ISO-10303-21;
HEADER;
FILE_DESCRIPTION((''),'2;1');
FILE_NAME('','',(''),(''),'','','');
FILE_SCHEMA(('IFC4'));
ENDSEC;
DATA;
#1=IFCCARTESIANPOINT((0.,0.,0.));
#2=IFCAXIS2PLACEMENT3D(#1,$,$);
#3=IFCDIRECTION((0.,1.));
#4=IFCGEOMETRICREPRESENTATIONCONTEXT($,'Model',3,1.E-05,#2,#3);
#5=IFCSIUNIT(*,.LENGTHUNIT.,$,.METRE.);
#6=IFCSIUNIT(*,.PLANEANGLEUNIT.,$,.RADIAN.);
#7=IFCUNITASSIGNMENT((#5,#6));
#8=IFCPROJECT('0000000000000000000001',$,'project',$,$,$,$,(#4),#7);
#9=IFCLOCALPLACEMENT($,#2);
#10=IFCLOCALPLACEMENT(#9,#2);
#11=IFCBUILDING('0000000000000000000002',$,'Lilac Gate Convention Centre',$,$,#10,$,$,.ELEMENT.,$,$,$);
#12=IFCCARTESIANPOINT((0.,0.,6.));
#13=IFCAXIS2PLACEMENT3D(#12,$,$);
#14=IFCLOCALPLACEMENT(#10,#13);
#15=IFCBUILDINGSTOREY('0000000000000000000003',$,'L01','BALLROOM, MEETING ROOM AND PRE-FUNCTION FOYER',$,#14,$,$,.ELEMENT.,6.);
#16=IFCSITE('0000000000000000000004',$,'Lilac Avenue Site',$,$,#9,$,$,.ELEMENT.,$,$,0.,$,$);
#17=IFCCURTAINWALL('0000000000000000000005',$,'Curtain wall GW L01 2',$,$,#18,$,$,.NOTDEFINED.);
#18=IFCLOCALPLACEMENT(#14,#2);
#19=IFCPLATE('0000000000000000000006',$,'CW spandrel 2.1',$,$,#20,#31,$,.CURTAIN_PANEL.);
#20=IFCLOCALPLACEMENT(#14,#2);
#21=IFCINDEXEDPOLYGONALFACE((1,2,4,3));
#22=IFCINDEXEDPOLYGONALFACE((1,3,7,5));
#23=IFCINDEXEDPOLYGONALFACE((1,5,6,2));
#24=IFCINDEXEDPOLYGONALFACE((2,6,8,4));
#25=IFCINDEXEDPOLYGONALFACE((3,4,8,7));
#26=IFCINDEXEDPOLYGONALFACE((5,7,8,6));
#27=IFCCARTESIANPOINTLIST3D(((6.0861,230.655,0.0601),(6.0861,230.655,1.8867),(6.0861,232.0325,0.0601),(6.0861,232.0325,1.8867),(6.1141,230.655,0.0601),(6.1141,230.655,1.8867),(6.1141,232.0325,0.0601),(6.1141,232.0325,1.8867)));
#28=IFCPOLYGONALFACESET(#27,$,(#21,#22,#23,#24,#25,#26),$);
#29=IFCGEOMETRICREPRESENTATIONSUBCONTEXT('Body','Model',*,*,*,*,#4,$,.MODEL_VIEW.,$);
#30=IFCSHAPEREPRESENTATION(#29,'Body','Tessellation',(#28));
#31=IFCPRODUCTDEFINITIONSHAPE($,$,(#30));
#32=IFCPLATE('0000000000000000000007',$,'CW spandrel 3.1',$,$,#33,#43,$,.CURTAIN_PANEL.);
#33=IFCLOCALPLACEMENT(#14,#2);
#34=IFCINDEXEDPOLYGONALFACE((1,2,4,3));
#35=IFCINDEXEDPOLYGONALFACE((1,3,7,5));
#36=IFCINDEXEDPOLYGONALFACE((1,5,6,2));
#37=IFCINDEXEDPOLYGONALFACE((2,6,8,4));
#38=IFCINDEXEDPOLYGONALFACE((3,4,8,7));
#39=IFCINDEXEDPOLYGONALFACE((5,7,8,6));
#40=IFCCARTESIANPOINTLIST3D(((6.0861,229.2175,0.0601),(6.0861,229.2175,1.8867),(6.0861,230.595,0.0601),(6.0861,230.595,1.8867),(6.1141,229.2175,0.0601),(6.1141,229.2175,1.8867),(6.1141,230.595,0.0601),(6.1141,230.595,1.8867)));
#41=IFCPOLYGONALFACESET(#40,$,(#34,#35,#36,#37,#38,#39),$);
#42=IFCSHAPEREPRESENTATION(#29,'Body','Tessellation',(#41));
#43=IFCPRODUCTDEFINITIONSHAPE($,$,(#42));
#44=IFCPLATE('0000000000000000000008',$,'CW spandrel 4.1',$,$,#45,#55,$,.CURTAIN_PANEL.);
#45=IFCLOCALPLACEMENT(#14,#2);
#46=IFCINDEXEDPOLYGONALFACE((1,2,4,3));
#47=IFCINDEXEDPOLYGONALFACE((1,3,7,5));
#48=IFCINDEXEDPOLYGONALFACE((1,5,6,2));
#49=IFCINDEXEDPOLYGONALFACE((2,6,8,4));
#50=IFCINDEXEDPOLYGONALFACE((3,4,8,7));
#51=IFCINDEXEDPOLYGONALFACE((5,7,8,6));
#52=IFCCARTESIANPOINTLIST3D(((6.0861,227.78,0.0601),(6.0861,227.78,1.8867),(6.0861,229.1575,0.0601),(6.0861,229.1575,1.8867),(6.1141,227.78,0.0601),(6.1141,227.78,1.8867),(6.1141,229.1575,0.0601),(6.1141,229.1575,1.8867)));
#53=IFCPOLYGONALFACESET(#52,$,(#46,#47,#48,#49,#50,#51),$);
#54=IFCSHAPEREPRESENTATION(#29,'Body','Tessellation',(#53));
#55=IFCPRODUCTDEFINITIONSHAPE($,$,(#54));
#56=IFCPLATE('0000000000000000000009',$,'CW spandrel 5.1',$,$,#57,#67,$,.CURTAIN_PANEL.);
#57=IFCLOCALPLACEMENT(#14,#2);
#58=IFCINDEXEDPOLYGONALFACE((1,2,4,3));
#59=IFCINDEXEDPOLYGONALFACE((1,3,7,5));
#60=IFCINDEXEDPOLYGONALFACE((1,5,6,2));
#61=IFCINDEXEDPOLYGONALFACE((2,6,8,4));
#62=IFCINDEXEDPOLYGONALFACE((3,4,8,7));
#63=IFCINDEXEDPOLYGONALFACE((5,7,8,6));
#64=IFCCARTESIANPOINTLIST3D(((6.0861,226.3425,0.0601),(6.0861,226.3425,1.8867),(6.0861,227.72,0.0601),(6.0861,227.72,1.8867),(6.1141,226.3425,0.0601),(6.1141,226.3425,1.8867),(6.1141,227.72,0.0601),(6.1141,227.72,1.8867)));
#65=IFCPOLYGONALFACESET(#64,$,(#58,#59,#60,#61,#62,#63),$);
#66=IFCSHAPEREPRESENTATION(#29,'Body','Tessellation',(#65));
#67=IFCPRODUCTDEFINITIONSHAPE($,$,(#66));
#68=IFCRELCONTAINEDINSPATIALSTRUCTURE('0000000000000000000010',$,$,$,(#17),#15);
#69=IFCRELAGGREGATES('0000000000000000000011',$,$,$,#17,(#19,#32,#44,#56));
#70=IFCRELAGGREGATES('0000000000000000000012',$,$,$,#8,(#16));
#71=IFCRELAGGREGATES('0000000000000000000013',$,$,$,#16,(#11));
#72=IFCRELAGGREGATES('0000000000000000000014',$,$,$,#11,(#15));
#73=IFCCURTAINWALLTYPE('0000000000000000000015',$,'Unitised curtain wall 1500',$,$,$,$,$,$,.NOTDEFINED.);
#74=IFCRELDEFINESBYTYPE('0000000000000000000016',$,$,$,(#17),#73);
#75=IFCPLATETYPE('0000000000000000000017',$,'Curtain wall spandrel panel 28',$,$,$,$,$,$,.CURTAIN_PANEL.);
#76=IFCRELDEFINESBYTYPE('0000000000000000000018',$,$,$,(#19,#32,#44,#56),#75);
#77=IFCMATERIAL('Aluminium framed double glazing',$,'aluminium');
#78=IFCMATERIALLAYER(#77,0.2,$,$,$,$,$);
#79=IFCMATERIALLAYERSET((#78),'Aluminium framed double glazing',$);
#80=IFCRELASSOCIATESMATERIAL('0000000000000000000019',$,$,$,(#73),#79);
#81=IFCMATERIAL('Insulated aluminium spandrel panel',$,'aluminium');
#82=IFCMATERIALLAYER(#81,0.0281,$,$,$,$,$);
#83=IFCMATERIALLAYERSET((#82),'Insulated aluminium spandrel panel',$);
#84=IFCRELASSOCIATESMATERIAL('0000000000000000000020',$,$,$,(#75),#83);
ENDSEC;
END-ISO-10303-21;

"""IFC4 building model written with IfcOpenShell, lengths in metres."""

from ifc_helpers import new_model, si_unit, direction, frame, origin, origin_2d, place, context, subcontext, project, spatial, rectangle, extrude, material, layer, layer_set, type_object, element, aggregate, save


model = new_model("IFC4")

# Units and contexts
model_context = context("Model", 3, precision=1e-05, world=origin(), true_north=direction((0.0, 1.0)))
body_context = subcontext(model_context, "Body", "Model", "MODEL_VIEW")
ifc_project = project(units=[si_unit("LENGTHUNIT", "METRE"), si_unit("PLANEANGLEUNIT", "RADIAN")], contexts=[model_context])

# Site, building, storey
site_placement = place(None, origin())
site = spatial("IfcSite", under=ifc_project, at=site_placement, Name="Lilac Avenue Site", CompositionType="ELEMENT", RefElevation=0.0)
building_placement = place(site_placement, origin())
building = spatial("IfcBuilding", under=site, at=building_placement, Name="Lilac Gate Convention Centre", CompositionType="ELEMENT")
storey_placement = place(building_placement, frame((0.0, 0.0, 6.0)))
storey = spatial("IfcBuildingStorey", under=building, at=storey_placement, Name="L01", Description="BALLROOM, MEETING ROOM AND PRE-FUNCTION FOYER", CompositionType="ELEMENT", Elevation=6.0)

# Curtain wall, plates
ifc_material_1 = material(Name="Aluminium framed double glazing", Category="aluminium")
ifc_layer_1 = layer(ifc_material_1, 0.2)
ifc_layer_set_1 = layer_set([ifc_layer_1], Name="Aluminium framed double glazing")
curtain_wall_type = type_object("IfcCurtainWallType", Name="Unitised curtain wall 1500", PredefinedType="NOTDEFINED", material=ifc_layer_set_1)
curtain_wall_placement = place(storey_placement, origin())
curtain_wall = element("IfcCurtainWall", 1, at=curtain_wall_placement, inside=storey, type_object=curtain_wall_type, Name="Curtain wall GW L01 2", PredefinedType="NOTDEFINED")
ifc_material_2 = material(Name="Insulated aluminium spandrel panel", Category="aluminium")
ifc_layer_2 = layer(ifc_material_2, 0.0281)
ifc_layer_set_2 = layer_set([ifc_layer_2], Name="Insulated aluminium spandrel panel")
plate_type_1 = type_object("IfcPlateType", Name="Curtain wall spandrel panel 28", PredefinedType="CURTAIN_PANEL", material=ifc_layer_set_2)
plate_1_placement = place(storey_placement, frame((6.1001, 231.3438, 0.0601), z_axis=(0.0, 0.0, 1.0), x_axis=(0.0, -1.0, 0.0)))
plate_1 = element("IfcPlate", 2, at=plate_1_placement, type_object=plate_type_1, Name="CW spandrel 2.1", PredefinedType="CURTAIN_PANEL", context=body_context, shape_type="SweptSolid", body=[
    extrude(rectangle(XDim=1.3774, YDim=0.0281, at=origin_2d()), origin(), (0.0, 0.0, 1.0), 1.8267),
])
plate_2_placement = place(storey_placement, frame((6.1001, 229.9062, 0.0601), z_axis=(0.0, 0.0, 1.0), x_axis=(0.0, -1.0, 0.0)))
plate_2 = element("IfcPlate", 3, at=plate_2_placement, type_object=plate_type_1, Name="CW spandrel 3.1", PredefinedType="CURTAIN_PANEL", context=body_context, shape_type="SweptSolid", body=[
    extrude(rectangle(XDim=1.3774, YDim=0.0281, at=origin_2d()), origin(), (0.0, 0.0, 1.0), 1.8267),
])
plate_3_placement = place(storey_placement, frame((6.1001, 228.4688, 0.0601), z_axis=(0.0, 0.0, 1.0), x_axis=(0.0, -1.0, 0.0)))
plate_3 = element("IfcPlate", 4, at=plate_3_placement, type_object=plate_type_1, Name="CW spandrel 4.1", PredefinedType="CURTAIN_PANEL", context=body_context, shape_type="SweptSolid", body=[
    extrude(rectangle(XDim=1.3774, YDim=0.0281, at=origin_2d()), origin(), (0.0, 0.0, 1.0), 1.8267),
])
plate_4_placement = place(storey_placement, frame((6.1001, 227.0312, 0.0601), z_axis=(0.0, 0.0, 1.0), x_axis=(0.0, -1.0, 0.0)))
plate_4 = element("IfcPlate", 5, at=plate_4_placement, type_object=plate_type_1, Name="CW spandrel 5.1", PredefinedType="CURTAIN_PANEL", context=body_context, shape_type="SweptSolid", body=[
    extrude(rectangle(XDim=1.3774, YDim=0.0281, at=origin_2d()), origin(), (0.0, 0.0, 1.0), 1.8267),
])
aggregate(curtain_wall, [plate_1, plate_2, plate_3, plate_4])

save(model, "model.ifc")
